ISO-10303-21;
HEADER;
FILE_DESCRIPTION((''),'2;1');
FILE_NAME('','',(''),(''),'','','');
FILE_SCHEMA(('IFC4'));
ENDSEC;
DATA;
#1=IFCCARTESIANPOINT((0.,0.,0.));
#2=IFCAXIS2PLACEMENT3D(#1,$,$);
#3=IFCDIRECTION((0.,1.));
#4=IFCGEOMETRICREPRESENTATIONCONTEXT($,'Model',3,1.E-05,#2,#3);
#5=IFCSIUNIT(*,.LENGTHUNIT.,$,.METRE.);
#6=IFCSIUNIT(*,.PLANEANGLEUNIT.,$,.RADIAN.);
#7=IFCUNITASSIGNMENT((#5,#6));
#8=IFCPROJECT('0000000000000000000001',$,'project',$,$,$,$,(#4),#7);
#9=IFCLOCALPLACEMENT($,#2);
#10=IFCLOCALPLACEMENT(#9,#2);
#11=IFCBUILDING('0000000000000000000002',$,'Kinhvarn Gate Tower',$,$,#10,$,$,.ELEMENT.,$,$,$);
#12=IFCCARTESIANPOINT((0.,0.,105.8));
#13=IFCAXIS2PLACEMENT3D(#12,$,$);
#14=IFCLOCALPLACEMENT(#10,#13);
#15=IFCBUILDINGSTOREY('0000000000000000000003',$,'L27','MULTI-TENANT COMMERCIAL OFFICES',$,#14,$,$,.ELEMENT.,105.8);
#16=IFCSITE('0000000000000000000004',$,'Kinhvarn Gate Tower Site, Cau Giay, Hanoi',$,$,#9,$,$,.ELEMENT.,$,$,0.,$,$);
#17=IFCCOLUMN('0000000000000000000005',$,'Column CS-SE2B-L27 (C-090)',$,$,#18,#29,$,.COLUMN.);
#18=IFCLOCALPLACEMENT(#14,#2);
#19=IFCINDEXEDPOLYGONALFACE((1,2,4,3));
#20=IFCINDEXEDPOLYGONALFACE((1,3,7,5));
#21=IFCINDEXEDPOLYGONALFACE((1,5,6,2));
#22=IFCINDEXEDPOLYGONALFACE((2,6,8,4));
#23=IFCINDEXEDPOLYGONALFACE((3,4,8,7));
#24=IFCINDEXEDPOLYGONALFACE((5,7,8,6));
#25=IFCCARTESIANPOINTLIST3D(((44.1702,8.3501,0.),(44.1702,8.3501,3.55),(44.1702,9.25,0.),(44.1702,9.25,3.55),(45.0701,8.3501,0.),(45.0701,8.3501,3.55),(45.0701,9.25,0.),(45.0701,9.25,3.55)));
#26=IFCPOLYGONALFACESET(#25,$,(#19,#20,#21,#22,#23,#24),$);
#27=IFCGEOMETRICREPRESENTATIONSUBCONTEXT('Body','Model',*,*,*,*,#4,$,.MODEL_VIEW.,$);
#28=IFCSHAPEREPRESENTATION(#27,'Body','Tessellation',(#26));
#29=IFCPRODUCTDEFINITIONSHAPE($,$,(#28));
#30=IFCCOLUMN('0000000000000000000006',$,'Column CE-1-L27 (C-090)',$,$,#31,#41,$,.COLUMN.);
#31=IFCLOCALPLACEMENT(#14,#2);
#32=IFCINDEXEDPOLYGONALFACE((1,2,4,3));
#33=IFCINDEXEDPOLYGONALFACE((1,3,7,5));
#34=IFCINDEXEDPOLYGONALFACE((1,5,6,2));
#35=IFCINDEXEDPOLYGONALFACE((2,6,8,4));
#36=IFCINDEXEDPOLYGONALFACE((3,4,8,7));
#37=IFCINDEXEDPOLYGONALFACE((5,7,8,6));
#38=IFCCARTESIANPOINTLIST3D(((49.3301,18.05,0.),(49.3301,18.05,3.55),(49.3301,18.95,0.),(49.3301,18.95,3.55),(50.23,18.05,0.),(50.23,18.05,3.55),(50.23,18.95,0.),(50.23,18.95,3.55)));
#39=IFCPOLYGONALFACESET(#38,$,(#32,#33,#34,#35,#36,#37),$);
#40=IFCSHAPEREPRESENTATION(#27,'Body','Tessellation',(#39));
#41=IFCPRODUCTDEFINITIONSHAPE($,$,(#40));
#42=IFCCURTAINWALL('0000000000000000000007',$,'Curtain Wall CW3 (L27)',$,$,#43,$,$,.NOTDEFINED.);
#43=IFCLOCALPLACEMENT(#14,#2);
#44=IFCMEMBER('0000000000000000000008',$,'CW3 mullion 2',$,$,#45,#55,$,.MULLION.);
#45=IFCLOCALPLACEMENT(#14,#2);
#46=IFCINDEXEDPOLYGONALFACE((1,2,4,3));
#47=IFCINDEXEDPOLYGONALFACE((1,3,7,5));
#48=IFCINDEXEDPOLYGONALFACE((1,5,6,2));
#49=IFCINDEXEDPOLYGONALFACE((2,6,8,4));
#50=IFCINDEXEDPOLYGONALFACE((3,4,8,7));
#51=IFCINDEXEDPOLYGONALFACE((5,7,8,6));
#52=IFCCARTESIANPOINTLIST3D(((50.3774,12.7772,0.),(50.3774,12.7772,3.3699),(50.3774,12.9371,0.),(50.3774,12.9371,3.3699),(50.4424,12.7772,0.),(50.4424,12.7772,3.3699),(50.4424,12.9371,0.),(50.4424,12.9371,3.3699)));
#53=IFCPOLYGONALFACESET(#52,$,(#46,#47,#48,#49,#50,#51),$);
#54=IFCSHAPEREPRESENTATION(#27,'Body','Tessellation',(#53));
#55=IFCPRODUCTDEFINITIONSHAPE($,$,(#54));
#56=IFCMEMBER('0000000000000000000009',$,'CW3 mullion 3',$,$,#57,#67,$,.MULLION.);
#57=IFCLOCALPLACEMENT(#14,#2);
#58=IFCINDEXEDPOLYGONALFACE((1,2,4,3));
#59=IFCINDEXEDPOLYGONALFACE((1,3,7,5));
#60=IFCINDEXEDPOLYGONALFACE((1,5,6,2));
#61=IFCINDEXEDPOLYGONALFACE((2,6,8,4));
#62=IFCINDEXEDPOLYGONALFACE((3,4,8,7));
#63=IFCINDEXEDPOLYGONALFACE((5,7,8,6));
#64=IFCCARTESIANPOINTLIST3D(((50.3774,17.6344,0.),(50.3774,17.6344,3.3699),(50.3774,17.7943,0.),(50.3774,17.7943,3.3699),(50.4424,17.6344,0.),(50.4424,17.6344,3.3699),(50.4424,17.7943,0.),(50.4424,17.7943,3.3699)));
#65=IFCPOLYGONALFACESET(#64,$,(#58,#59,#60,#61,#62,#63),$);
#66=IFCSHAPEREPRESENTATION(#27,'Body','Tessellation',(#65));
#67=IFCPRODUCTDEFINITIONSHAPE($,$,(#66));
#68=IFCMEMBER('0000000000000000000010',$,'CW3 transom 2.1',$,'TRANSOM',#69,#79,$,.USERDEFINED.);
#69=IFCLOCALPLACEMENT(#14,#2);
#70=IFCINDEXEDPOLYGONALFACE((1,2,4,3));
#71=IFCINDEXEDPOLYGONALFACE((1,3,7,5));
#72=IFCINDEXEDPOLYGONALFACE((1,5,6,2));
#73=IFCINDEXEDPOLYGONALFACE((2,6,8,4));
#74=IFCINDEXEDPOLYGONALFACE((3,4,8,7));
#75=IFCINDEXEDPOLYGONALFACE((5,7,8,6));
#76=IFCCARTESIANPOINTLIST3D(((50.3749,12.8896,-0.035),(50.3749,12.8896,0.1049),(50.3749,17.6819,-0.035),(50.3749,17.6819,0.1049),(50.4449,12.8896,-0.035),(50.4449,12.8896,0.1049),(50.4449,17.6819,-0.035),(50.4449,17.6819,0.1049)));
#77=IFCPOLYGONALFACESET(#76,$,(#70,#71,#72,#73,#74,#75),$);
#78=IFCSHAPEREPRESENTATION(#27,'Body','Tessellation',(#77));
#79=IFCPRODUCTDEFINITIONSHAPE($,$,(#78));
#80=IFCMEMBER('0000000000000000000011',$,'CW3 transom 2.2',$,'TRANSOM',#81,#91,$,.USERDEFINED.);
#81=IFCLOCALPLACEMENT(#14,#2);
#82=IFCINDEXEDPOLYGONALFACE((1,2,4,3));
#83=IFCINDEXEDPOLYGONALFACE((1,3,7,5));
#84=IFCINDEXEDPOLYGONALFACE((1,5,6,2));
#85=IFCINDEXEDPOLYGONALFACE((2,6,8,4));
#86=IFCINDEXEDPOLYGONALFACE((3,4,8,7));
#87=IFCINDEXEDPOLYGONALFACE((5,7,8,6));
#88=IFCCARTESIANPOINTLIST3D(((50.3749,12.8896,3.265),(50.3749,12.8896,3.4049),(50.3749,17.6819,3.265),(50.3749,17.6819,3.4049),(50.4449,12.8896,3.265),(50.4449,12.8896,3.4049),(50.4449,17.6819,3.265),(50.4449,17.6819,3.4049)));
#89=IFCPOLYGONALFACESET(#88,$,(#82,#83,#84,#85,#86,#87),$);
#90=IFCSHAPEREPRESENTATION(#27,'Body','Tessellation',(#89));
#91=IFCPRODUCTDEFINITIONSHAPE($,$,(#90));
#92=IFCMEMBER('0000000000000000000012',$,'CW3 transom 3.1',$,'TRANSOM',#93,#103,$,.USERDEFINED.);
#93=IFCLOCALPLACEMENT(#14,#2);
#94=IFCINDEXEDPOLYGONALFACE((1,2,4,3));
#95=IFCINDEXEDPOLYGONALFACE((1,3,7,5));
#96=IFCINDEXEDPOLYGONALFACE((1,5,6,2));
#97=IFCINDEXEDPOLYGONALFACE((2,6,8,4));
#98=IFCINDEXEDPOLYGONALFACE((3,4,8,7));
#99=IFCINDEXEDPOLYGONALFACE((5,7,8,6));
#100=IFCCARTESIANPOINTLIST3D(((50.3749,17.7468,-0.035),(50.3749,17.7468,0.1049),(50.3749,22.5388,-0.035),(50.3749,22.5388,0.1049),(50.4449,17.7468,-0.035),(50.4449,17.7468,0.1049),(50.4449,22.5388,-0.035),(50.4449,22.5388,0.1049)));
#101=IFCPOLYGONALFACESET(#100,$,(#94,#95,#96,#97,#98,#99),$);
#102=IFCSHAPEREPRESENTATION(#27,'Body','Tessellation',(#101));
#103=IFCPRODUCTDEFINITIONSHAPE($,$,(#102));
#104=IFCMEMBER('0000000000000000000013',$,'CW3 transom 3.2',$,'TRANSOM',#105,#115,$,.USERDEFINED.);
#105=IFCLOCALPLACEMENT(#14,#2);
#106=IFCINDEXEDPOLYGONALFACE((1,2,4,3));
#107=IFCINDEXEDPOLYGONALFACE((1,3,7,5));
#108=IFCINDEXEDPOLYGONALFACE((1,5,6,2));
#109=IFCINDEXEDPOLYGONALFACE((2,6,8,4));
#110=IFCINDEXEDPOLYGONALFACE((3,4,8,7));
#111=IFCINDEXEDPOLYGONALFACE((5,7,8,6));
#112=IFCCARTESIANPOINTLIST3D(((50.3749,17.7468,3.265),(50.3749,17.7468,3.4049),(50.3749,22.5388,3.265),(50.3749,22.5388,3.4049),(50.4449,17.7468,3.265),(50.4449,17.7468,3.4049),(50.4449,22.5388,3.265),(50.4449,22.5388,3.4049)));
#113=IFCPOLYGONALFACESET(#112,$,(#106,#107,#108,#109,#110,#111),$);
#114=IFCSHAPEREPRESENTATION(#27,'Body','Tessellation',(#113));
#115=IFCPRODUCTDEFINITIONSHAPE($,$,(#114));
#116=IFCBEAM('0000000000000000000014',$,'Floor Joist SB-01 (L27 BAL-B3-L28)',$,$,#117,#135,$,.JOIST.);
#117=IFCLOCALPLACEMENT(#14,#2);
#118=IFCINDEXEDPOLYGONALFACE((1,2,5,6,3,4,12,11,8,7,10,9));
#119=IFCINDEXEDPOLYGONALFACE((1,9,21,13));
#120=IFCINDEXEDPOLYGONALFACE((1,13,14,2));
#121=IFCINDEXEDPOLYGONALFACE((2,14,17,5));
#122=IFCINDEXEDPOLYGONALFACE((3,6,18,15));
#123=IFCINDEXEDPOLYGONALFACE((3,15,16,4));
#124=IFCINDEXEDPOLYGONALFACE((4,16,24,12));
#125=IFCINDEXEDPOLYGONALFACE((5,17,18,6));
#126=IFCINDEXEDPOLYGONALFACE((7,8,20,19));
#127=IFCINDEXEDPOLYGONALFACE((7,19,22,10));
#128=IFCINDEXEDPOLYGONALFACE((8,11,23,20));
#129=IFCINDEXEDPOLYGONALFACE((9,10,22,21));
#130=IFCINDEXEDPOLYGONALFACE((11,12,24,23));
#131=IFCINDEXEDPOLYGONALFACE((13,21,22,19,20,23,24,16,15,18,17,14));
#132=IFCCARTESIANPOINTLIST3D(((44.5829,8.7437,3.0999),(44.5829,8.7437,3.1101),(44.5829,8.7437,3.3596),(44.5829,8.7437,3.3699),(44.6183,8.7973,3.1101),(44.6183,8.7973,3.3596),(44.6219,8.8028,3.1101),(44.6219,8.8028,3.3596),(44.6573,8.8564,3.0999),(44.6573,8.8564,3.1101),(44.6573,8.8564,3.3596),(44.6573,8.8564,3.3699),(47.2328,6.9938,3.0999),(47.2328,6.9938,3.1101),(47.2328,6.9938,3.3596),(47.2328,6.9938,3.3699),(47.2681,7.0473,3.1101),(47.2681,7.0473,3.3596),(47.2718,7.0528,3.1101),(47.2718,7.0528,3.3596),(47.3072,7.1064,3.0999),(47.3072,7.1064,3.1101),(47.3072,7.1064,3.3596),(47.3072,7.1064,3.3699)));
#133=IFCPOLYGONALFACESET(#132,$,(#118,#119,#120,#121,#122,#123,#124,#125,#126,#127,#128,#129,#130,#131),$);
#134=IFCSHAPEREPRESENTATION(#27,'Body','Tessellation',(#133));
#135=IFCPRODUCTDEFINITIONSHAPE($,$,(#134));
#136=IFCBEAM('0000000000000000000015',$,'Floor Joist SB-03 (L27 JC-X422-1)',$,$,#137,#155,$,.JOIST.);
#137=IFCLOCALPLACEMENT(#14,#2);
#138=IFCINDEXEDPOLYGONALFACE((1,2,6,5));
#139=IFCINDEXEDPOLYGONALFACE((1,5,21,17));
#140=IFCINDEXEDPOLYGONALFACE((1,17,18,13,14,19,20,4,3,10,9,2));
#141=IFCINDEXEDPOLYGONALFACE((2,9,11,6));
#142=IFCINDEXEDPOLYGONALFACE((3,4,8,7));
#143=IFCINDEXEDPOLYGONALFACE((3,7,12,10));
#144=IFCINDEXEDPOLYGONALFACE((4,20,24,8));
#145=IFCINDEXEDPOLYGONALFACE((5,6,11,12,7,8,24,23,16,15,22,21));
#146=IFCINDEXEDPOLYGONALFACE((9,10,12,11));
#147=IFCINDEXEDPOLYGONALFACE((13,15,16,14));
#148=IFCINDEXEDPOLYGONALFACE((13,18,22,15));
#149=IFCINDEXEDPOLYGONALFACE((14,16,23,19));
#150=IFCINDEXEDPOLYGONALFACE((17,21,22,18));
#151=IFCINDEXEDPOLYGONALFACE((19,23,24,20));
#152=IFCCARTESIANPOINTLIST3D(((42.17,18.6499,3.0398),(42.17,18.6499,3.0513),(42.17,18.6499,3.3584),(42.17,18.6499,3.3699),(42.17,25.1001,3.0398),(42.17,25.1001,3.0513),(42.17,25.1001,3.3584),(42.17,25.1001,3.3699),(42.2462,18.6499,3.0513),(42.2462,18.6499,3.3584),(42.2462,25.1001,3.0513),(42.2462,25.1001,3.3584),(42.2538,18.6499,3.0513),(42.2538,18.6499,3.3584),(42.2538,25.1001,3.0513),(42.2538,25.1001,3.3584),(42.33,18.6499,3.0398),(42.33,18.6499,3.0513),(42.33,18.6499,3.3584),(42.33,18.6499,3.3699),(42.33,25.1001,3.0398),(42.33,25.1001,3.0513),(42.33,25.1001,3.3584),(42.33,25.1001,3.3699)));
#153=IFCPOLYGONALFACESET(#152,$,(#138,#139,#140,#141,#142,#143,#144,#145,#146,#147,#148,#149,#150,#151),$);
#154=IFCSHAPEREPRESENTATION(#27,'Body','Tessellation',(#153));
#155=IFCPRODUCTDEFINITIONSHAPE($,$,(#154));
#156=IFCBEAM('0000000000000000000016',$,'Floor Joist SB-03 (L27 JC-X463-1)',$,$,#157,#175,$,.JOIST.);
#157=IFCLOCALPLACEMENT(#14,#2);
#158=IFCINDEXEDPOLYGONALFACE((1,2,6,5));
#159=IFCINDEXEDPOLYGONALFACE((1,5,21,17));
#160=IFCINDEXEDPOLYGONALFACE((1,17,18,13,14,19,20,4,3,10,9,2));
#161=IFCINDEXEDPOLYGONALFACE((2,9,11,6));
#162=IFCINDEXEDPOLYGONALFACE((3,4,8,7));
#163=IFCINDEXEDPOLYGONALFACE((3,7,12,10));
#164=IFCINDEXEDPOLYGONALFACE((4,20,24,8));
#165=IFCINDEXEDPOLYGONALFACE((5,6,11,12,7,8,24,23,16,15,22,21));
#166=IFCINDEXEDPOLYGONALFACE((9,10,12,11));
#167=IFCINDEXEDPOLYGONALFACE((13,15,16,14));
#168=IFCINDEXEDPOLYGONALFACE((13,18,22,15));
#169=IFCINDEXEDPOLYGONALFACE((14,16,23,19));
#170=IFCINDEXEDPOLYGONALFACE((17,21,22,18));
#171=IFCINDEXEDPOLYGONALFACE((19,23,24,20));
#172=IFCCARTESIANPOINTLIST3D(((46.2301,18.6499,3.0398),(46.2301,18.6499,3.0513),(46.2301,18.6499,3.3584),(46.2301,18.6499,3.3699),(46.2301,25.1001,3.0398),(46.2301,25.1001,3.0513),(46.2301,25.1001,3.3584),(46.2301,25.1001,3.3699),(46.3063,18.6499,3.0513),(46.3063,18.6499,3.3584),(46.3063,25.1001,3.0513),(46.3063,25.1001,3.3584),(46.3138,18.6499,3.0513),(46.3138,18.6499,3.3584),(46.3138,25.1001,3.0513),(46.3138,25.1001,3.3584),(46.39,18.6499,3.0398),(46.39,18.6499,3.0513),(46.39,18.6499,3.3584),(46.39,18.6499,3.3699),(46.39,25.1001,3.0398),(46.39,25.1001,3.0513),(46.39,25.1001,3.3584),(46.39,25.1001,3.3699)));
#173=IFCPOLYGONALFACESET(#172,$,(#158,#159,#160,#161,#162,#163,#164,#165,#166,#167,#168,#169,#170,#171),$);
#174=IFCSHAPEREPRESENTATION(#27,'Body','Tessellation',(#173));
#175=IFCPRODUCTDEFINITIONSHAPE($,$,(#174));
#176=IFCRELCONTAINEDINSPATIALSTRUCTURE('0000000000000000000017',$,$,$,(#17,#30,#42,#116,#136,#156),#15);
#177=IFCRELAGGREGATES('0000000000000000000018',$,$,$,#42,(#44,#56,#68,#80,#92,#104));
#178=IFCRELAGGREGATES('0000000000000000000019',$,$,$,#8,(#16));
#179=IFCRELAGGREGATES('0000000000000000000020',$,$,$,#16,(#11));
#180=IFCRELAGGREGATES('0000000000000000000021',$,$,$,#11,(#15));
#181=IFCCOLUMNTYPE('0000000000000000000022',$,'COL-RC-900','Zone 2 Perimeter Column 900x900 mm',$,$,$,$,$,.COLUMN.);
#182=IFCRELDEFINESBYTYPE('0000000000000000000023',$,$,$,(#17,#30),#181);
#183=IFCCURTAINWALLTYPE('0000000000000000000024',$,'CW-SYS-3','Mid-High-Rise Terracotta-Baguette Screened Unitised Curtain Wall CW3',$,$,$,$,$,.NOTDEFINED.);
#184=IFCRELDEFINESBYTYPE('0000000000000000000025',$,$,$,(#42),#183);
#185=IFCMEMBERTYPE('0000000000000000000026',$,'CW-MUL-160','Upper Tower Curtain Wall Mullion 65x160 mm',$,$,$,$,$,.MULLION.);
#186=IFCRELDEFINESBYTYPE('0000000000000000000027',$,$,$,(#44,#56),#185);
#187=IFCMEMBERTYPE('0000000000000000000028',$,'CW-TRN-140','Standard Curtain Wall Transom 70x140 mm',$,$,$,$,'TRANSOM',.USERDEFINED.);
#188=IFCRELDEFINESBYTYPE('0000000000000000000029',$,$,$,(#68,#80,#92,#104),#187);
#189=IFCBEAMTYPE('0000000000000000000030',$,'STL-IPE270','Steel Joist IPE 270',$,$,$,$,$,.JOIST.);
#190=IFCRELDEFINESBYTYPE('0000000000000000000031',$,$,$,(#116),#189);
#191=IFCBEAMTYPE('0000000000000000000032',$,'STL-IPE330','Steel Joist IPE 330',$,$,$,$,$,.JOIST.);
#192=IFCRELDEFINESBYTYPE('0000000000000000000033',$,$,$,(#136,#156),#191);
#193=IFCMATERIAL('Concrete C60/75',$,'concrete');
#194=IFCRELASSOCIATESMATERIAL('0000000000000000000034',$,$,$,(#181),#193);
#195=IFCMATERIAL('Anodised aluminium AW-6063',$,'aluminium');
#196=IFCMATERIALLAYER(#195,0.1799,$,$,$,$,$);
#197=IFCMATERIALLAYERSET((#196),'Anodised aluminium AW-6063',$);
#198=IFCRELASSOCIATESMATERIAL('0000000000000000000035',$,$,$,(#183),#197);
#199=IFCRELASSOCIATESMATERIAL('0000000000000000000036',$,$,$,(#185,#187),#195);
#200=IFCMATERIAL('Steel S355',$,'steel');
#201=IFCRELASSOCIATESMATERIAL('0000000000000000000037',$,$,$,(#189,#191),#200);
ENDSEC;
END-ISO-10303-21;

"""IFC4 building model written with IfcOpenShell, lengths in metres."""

from ifc_helpers import new_model, si_unit, direction, frame, origin, origin_2d, place, context, subcontext, project, spatial, rectangle, i_section, extrude, material, layer, layer_set, material_profile, profile_set, type_object, element, aggregate, save


model = new_model("IFC4")

# Units and contexts
model_context = context("Model", 3, precision=1e-05, world=origin(), true_north=direction((0.0, 1.0)))
body_context = subcontext(model_context, "Body", "Model", "MODEL_VIEW")
ifc_project = project(units=[si_unit("LENGTHUNIT", "METRE"), si_unit("PLANEANGLEUNIT", "RADIAN")], contexts=[model_context])

# Site, building, storey
site_placement = place(None, origin())
site = spatial("IfcSite", under=ifc_project, at=site_placement, Name="Kinhvarn Gate Tower Site, Cau Giay, Hanoi", CompositionType="ELEMENT", RefElevation=0.0)
building_placement = place(site_placement, origin())
building = spatial("IfcBuilding", under=site, at=building_placement, Name="Kinhvarn Gate Tower", CompositionType="ELEMENT")
storey_placement = place(building_placement, frame((0.0, 0.0, 105.8)))
storey = spatial("IfcBuildingStorey", under=building, at=storey_placement, Name="L27", Description="MULTI-TENANT COMMERCIAL OFFICES", CompositionType="ELEMENT", Elevation=105.8)

# Columns
ifc_material_1 = material(Name="Concrete C60/75", Category="concrete")
ifc_material_profile_1 = material_profile(ifc_material_1, rectangle(XDim=0.8999, YDim=0.8999, at=origin_2d()), Name="RC 900x900")
ifc_profile_set_1 = profile_set([ifc_material_profile_1], Name="Concrete C60/75")
column_type = type_object("IfcColumnType", Name="COL-RC-900", Description="Zone 2 Perimeter Column 900x900 mm", PredefinedType="COLUMN", material=ifc_profile_set_1)
for number, where, z_axis, x_axis, name in (
    (1, (44.6201, 8.8, 0.0), (0.0, 0.0, 1.0), (1.0, 0.0, 0.0), "Column CS-SE2B-L27 (C-090)"),
    (2, (49.78, 18.5, 0.0), (0.0, 0.0, 1.0), (1.0, 0.0, 0.0), "Column CE-1-L27 (C-090)"),
):
    element("IfcColumn", number, at=place(storey_placement, frame(where, z_axis=z_axis, x_axis=x_axis)), inside=storey, type_object=column_type, Name=name, PredefinedType="COLUMN", context=body_context, shape_type="SweptSolid", body=[
        extrude(rectangle(XDim=0.8999, YDim=0.8999, at=origin_2d()), origin(), (0.0, 0.0, 1.0), 3.55),
    ])

# Curtain wall, members
ifc_material_2 = material(Name="Anodised aluminium AW-6063", Category="aluminium")
ifc_layer_1 = layer(ifc_material_2, 0.1799)
ifc_layer_set_1 = layer_set([ifc_layer_1], Name="Anodised aluminium AW-6063")
curtain_wall_type = type_object("IfcCurtainWallType", Name="CW-SYS-3", Description="Mid-High-Rise Terracotta-Baguette Screened Unitised Curtain Wall CW3", PredefinedType="NOTDEFINED", material=ifc_layer_set_1)
curtain_wall_placement = place(storey_placement, origin())
curtain_wall = element("IfcCurtainWall", 3, at=curtain_wall_placement, inside=storey, type_object=curtain_wall_type, Name="Curtain Wall CW3 (L27)", PredefinedType="NOTDEFINED")
ifc_material_profile_2 = material_profile(ifc_material_2, rectangle(XDim=0.0649, YDim=0.1599, at=origin_2d()), Name="ALU 65x160")
ifc_profile_set_2 = profile_set([ifc_material_profile_2], Name="Anodised aluminium AW-6063")
member_type_1 = type_object("IfcMemberType", Name="CW-MUL-160", Description="Upper Tower Curtain Wall Mullion 65x160 mm", PredefinedType="MULLION", material=ifc_profile_set_2)
member_1_placement = place(storey_placement, frame((50.4099, 12.8572, 0.0), z_axis=(0.0, 0.0, 1.0), x_axis=(-1.0, 0.0, 0.0)))
member_1 = element("IfcMember", 4, at=member_1_placement, type_object=member_type_1, Name="CW3 mullion 2", PredefinedType="MULLION", context=body_context, shape_type="SweptSolid", body=[
    extrude(rectangle(XDim=0.0649, YDim=0.1599, at=origin_2d()), origin(), (0.0, 0.0, 1.0), 3.3699),
])
member_2_placement = place(storey_placement, frame((50.4099, 17.7144, 0.0), z_axis=(0.0, 0.0, 1.0), x_axis=(-1.0, 0.0, 0.0)))
member_2 = element("IfcMember", 5, at=member_2_placement, type_object=member_type_1, Name="CW3 mullion 3", PredefinedType="MULLION", context=body_context, shape_type="SweptSolid", body=[
    extrude(rectangle(XDim=0.0649, YDim=0.1599, at=origin_2d()), origin(), (0.0, 0.0, 1.0), 3.3699),
])
ifc_material_profile_3 = material_profile(ifc_material_2, rectangle(XDim=0.0701, YDim=0.1399, at=origin_2d()), Name="ALU 70x140")
ifc_profile_set_3 = profile_set([ifc_material_profile_3], Name="Anodised aluminium AW-6063")
member_type_2 = type_object("IfcMemberType", Name="CW-TRN-140", Description="Standard Curtain Wall Transom 70x140 mm", ElementType="TRANSOM", PredefinedType="USERDEFINED", material=ifc_profile_set_3)
member_3_placement = place(storey_placement, frame((50.4099, 12.8896, 0.0349), z_axis=(0.0, 1.0, 0.0), x_axis=(-1.0, 0.0, 0.0)))
member_3 = element("IfcMember", 6, at=member_3_placement, type_object=member_type_2, Name="CW3 transom 2.1", ObjectType="TRANSOM", PredefinedType="USERDEFINED", context=body_context, shape_type="SweptSolid", body=[
    extrude(rectangle(XDim=0.0701, YDim=0.1399, at=origin_2d()), origin(), (0.0, 0.0, 1.0), 4.7922),
])
member_4_placement = place(storey_placement, frame((50.4099, 12.8896, 3.335), z_axis=(0.0, 1.0, 0.0), x_axis=(-1.0, 0.0, 0.0)))
member_4 = element("IfcMember", 7, at=member_4_placement, type_object=member_type_2, Name="CW3 transom 2.2", ObjectType="TRANSOM", PredefinedType="USERDEFINED", context=body_context, shape_type="SweptSolid", body=[
    extrude(rectangle(XDim=0.0701, YDim=0.1399, at=origin_2d()), origin(), (0.0, 0.0, 1.0), 4.7922),
])
member_5_placement = place(storey_placement, frame((50.4099, 17.7468, 0.0349), z_axis=(0.0, 1.0, 0.0), x_axis=(-1.0, 0.0, 0.0)))
member_5 = element("IfcMember", 8, at=member_5_placement, type_object=member_type_2, Name="CW3 transom 3.1", ObjectType="TRANSOM", PredefinedType="USERDEFINED", context=body_context, shape_type="SweptSolid", body=[
    extrude(rectangle(XDim=0.0701, YDim=0.1399, at=origin_2d()), origin(), (0.0, 0.0, 1.0), 4.792),
])
member_6_placement = place(storey_placement, frame((50.4099, 17.7468, 3.335), z_axis=(0.0, 1.0, 0.0), x_axis=(-1.0, 0.0, 0.0)))
member_6 = element("IfcMember", 9, at=member_6_placement, type_object=member_type_2, Name="CW3 transom 3.2", ObjectType="TRANSOM", PredefinedType="USERDEFINED", context=body_context, shape_type="SweptSolid", body=[
    extrude(rectangle(XDim=0.0701, YDim=0.1399, at=origin_2d()), origin(), (0.0, 0.0, 1.0), 4.792),
])

# Beams
ifc_material_3 = material(Name="Steel S355", Category="steel")
ifc_material_profile_4 = material_profile(ifc_material_3, i_section(OverallWidth=0.135, OverallDepth=0.27, WebThickness=0.0066, FlangeThickness=0.0103, at=origin_2d()), Name="IPE 270")
ifc_profile_set_4 = profile_set([ifc_material_profile_4], Name="Steel S355")
beam_type_1 = type_object("IfcBeamType", Name="STL-IPE270", Description="Steel Joist IPE 270", PredefinedType="JOIST", material=ifc_profile_set_4)
beam_1_placement = place(storey_placement, frame((44.6201, 8.8, 3.2349), z_axis=(0.834455, -0.551076, 0.0), x_axis=(0.551076, 0.834455, 0.0)))
element("IfcBeam", 10, at=beam_1_placement, inside=storey, type_object=beam_type_1, Name="Floor Joist SB-01 (L27 BAL-B3-L28)", PredefinedType="JOIST", context=body_context, shape_type="SweptSolid", body=[
    extrude(i_section(OverallWidth=0.135, OverallDepth=0.27, WebThickness=0.0066, FlangeThickness=0.0103, at=origin_2d()), origin(), (0.0, 0.0, 1.0), 3.1755),
])
ifc_material_profile_5 = material_profile(ifc_material_3, i_section(OverallWidth=0.1599, OverallDepth=0.3301, WebThickness=0.0076, FlangeThickness=0.0115, at=origin_2d()), Name="IPE 330")
ifc_profile_set_5 = profile_set([ifc_material_profile_5], Name="Steel S355")
beam_type_2 = type_object("IfcBeamType", Name="STL-IPE330", Description="Steel Joist IPE 330", PredefinedType="JOIST", material=ifc_profile_set_5)
for number, where, z_axis, x_axis, name in (
    (11, (42.25, 18.6499, 3.2048), (0.0, 1.0, 0.0), (-1.0, 0.0, 0.0), "Floor Joist SB-03 (L27 JC-X422-1)"),
    (12, (46.3101, 18.6499, 3.2048), (0.0, 1.0, 0.0), (-1.0, 0.0, 0.0), "Floor Joist SB-03 (L27 JC-X463-1)"),
):
    element("IfcBeam", number, at=place(storey_placement, frame(where, z_axis=z_axis, x_axis=x_axis)), inside=storey, type_object=beam_type_2, Name=name, PredefinedType="JOIST", context=body_context, shape_type="SweptSolid", body=[
        extrude(i_section(OverallWidth=0.1599, OverallDepth=0.3301, WebThickness=0.0076, FlangeThickness=0.0115, at=origin_2d()), origin(), (0.0, 0.0, 1.0), 6.4502),
    ])

aggregate(curtain_wall, [member_1, member_2, member_3, member_4, member_5, member_6])

save(model, "model.ifc")
